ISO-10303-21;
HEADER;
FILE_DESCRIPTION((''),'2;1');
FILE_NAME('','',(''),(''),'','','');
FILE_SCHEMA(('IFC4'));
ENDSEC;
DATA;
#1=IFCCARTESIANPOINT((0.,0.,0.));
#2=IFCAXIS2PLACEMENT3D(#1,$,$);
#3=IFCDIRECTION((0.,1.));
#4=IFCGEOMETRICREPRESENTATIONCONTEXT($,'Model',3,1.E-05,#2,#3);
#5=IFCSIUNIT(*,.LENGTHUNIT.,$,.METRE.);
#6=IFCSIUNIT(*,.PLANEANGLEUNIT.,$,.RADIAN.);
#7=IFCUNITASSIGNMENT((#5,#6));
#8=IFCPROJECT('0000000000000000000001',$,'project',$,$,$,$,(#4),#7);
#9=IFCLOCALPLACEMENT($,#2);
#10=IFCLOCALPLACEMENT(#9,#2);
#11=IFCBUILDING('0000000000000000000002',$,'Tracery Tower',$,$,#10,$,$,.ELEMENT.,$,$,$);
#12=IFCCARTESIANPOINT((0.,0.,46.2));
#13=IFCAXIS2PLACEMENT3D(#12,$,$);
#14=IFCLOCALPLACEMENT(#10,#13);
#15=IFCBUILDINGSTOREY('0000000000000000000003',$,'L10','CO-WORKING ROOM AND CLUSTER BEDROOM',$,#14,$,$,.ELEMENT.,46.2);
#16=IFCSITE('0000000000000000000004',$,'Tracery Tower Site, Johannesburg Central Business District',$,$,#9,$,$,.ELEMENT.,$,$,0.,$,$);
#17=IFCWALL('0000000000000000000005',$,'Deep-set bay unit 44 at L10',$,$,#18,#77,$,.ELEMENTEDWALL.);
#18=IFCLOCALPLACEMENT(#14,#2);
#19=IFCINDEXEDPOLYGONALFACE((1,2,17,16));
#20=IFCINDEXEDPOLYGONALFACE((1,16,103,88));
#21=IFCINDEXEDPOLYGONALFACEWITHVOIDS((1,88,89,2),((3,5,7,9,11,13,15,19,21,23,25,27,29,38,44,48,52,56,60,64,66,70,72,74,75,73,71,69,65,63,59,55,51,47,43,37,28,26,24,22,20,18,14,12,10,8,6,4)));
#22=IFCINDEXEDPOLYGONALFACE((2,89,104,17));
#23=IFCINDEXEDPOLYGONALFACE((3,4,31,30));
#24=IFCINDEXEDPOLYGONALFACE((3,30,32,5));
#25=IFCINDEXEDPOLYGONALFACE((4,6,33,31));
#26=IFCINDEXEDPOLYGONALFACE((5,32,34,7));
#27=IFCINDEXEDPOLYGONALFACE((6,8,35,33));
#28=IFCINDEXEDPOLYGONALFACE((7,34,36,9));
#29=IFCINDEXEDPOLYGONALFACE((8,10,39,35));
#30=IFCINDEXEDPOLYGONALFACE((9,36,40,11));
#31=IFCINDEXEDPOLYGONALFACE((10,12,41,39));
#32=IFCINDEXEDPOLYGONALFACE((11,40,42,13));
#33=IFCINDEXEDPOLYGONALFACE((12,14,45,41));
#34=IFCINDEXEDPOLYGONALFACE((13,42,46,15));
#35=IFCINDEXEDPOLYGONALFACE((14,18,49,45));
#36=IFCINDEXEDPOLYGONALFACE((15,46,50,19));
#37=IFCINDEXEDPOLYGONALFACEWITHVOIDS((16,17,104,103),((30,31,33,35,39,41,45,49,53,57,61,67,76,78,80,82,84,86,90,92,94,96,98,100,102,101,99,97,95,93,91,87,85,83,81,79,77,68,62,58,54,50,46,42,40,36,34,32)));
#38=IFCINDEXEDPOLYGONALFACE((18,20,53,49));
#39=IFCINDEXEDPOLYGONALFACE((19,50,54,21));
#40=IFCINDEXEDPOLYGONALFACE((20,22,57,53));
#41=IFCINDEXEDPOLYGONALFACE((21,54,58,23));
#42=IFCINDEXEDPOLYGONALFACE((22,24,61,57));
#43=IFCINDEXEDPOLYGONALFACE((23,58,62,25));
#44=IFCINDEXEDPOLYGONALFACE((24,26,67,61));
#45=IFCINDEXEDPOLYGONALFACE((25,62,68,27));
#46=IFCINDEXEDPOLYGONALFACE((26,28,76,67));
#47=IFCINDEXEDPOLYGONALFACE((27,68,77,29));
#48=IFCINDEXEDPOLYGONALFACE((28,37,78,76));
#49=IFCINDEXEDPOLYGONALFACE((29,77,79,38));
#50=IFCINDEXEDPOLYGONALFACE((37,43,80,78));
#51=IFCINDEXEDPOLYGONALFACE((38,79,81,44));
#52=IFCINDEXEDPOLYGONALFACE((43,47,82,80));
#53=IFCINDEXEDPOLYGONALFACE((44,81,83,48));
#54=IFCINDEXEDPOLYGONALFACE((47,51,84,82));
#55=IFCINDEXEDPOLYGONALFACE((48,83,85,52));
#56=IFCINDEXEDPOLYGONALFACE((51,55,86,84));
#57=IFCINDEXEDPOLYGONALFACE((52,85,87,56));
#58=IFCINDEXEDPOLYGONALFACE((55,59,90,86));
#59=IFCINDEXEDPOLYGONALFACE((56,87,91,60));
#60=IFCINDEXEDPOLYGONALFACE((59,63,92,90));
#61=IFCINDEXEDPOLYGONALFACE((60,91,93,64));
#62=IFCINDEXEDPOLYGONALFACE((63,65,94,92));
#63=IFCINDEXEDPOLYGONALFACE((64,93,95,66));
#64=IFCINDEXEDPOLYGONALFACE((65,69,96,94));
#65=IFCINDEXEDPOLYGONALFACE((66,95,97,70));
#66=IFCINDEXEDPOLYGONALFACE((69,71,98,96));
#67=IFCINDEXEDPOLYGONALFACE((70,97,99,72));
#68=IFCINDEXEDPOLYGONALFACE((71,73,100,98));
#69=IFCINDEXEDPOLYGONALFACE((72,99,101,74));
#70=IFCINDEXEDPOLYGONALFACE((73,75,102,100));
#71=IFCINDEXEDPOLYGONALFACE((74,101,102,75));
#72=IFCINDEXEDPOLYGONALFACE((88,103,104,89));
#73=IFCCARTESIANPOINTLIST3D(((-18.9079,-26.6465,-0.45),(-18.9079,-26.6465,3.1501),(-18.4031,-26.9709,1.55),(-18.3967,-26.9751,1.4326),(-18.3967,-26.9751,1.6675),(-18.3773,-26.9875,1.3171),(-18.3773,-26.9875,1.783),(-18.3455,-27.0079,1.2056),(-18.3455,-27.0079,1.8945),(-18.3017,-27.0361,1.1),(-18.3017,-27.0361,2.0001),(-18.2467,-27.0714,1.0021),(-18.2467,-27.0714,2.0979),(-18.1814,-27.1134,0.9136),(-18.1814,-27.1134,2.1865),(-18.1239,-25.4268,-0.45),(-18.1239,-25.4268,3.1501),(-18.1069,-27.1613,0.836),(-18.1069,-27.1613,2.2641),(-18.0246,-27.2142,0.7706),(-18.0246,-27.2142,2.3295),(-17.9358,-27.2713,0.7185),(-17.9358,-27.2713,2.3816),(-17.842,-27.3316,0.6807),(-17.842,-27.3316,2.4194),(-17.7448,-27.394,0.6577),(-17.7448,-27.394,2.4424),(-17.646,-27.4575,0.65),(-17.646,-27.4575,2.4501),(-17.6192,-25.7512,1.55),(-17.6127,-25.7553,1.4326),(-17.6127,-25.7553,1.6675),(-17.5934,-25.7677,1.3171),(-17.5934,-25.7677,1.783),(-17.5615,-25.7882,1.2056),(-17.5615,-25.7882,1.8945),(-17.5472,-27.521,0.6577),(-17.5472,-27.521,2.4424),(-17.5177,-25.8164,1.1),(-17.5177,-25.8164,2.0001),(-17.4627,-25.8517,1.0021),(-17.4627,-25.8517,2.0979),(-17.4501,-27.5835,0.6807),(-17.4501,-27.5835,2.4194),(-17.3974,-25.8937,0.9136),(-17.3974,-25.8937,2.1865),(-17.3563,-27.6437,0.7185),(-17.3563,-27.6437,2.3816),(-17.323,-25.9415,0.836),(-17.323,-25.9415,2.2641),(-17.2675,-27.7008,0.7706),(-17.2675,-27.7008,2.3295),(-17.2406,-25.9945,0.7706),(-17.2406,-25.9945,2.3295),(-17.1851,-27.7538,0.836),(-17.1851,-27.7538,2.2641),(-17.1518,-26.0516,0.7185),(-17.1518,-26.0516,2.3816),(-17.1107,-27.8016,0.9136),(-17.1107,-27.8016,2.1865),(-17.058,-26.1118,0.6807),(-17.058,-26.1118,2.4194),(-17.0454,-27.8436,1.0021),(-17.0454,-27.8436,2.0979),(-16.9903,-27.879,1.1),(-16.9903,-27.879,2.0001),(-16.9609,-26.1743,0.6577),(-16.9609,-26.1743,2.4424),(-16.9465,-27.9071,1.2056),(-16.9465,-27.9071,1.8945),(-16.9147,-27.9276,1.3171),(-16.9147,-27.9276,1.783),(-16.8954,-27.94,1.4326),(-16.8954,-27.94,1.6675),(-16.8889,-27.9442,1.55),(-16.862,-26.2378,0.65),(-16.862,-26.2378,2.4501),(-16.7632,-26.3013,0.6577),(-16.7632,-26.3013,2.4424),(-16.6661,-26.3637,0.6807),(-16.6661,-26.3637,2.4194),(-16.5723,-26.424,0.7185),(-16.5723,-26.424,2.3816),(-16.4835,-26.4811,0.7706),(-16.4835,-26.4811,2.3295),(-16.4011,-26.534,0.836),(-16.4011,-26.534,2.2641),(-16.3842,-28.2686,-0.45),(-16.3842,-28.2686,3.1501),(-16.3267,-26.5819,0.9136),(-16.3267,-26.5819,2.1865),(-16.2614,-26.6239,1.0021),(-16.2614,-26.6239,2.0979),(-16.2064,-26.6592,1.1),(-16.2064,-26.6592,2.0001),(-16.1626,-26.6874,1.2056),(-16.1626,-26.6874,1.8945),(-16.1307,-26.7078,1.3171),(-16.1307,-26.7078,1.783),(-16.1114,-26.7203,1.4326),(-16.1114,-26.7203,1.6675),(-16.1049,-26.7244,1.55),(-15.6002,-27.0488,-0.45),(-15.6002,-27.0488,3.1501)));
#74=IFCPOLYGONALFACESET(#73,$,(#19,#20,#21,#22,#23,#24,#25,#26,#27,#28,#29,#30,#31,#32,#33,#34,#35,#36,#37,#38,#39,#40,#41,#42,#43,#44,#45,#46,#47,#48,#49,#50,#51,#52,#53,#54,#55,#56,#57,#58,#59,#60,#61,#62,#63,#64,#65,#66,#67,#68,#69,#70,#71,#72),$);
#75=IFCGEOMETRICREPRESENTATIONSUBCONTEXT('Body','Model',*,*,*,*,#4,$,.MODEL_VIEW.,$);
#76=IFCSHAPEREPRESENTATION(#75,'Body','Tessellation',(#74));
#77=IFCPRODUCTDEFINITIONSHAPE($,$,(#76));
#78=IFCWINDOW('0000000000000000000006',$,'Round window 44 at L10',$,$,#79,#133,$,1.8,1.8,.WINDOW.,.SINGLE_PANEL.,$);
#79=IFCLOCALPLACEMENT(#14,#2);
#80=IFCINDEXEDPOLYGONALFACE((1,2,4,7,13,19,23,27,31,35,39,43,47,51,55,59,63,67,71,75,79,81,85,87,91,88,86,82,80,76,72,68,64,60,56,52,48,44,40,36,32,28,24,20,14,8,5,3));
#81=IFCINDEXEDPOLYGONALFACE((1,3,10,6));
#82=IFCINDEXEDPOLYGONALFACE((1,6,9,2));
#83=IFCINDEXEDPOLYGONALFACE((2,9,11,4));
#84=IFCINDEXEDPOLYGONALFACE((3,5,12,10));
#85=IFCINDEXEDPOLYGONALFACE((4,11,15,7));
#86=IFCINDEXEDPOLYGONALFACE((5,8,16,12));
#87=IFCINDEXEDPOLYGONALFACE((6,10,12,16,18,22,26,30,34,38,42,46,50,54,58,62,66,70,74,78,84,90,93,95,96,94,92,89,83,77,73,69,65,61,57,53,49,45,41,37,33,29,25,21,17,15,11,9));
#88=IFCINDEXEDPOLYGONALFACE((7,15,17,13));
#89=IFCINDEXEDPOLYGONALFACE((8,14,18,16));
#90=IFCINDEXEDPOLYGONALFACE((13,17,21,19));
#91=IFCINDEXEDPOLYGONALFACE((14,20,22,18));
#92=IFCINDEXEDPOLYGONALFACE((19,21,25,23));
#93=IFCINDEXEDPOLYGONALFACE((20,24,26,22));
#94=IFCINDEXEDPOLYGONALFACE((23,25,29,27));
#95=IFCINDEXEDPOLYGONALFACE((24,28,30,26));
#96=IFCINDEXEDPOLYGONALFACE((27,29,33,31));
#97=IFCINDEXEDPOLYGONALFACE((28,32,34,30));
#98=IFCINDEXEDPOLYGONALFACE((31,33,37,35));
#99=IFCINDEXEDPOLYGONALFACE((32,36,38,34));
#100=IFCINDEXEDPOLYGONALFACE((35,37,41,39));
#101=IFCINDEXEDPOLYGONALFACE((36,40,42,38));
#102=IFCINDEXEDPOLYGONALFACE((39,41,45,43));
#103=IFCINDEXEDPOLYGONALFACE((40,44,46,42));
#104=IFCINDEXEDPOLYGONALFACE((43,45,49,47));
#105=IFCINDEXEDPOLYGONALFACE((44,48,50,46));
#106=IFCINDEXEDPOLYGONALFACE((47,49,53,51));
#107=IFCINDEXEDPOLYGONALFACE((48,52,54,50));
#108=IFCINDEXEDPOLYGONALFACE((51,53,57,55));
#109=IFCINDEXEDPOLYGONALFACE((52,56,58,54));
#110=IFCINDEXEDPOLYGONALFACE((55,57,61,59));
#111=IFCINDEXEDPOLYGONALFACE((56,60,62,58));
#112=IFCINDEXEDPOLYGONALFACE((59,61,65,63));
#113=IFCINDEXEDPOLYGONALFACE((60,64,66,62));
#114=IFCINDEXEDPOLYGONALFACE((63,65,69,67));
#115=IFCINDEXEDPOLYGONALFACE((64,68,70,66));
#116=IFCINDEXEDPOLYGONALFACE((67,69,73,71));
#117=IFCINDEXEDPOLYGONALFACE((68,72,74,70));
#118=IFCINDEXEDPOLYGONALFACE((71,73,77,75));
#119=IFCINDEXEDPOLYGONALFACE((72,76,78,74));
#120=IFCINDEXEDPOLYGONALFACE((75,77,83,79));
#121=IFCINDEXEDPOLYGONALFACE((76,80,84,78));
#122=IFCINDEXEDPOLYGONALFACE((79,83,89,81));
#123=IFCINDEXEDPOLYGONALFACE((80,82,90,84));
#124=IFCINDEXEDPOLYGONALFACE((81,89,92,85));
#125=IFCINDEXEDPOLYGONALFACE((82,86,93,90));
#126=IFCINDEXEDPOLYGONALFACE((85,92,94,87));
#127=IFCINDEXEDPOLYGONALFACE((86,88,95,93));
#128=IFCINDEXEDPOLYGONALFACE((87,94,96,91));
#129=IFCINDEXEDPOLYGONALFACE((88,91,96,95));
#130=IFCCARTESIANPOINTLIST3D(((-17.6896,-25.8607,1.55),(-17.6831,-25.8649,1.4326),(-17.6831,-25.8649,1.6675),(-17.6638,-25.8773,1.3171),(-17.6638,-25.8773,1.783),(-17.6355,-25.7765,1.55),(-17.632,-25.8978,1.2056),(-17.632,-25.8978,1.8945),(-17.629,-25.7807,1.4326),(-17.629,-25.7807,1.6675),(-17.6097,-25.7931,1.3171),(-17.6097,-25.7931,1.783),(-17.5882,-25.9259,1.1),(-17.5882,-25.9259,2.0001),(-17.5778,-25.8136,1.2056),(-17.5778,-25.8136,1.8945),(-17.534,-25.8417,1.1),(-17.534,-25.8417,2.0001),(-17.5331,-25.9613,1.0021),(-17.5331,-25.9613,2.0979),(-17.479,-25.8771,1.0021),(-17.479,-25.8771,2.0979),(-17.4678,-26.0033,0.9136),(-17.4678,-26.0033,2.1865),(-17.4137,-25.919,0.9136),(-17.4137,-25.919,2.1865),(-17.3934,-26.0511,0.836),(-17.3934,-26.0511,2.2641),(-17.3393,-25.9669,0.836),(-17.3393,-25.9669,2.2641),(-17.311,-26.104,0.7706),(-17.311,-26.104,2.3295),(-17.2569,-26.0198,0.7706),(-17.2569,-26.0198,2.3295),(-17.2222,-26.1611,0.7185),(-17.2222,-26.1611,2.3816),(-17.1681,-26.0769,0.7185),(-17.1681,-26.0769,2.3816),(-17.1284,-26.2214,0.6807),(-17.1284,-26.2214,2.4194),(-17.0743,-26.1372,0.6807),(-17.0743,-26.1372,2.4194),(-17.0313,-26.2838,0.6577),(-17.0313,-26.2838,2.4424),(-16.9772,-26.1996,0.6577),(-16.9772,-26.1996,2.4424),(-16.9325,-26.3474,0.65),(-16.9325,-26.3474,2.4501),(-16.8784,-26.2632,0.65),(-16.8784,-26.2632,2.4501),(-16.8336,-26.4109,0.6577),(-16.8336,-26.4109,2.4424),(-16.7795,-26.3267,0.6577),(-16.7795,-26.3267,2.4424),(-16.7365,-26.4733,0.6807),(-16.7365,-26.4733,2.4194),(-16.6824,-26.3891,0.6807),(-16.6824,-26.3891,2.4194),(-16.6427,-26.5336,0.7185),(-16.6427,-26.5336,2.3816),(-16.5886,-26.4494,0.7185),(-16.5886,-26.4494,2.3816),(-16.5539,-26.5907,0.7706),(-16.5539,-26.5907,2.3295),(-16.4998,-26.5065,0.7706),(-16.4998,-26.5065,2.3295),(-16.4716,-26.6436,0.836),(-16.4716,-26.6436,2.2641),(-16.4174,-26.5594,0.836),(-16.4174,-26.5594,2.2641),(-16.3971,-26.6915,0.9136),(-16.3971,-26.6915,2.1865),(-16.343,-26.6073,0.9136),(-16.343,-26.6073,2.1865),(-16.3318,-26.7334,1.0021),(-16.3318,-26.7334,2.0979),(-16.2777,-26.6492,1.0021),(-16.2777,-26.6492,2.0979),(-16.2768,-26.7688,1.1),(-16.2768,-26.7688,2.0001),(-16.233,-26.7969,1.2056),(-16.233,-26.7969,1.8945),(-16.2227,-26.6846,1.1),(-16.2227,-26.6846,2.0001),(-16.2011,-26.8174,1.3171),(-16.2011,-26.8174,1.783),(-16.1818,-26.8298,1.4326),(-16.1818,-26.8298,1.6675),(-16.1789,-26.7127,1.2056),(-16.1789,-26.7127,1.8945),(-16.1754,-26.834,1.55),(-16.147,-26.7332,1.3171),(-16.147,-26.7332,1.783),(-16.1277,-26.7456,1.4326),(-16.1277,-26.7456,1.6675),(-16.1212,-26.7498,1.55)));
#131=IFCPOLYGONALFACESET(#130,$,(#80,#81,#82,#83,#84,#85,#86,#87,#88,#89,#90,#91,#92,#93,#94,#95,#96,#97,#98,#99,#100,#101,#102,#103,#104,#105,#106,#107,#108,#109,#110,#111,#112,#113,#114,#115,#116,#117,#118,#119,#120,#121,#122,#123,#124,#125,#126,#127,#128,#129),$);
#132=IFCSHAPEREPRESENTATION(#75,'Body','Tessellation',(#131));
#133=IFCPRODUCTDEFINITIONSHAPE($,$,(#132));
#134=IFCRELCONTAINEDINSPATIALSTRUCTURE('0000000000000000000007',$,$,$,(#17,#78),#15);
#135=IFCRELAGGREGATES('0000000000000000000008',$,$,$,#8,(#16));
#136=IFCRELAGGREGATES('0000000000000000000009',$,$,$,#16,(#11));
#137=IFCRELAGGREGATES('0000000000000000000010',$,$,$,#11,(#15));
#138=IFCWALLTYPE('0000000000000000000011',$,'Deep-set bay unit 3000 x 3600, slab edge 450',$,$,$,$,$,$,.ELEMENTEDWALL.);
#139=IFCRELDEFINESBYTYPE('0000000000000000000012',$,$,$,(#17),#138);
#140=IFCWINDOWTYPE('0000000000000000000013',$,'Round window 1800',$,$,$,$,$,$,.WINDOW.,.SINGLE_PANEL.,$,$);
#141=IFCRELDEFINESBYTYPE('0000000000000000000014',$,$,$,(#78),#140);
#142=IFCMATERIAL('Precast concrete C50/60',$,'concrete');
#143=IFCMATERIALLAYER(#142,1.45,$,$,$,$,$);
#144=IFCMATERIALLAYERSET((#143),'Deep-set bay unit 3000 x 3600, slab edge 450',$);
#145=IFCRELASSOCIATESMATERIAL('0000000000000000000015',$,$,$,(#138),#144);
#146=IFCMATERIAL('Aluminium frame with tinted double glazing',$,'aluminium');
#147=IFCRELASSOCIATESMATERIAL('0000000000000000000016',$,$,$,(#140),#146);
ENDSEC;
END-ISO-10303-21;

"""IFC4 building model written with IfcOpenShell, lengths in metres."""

from ifc_helpers import new_model, si_unit, direction, frame, frame_2d, origin, origin_2d, place, context, subcontext, project, spatial, rectangle, circle, extrude, material, layer, layer_set, type_object, element, fill, save


model = new_model("IFC4")

# Units and contexts
model_context = context("Model", 3, precision=1e-05, world=origin(), true_north=direction((0.0, 1.0)))
body_context = subcontext(model_context, "Body", "Model", "MODEL_VIEW")
ifc_project = project(units=[si_unit("LENGTHUNIT", "METRE"), si_unit("PLANEANGLEUNIT", "RADIAN")], contexts=[model_context])

# Site, building, storey
site_placement = place(None, origin())
site = spatial("IfcSite", under=ifc_project, at=site_placement, Name="Tracery Tower Site, Johannesburg Central Business District", CompositionType="ELEMENT", RefElevation=0.0)
building_placement = place(site_placement, origin())
building = spatial("IfcBuilding", under=site, at=building_placement, Name="Tracery Tower", CompositionType="ELEMENT")
storey_placement = place(building_placement, frame((0.0, 0.0, 46.2)))
storey = spatial("IfcBuildingStorey", under=building, at=storey_placement, Name="L10", Description="CO-WORKING ROOM AND CLUSTER BEDROOM", CompositionType="ELEMENT", Elevation=46.2)

# Wall, opening, window
ifc_material_1 = material(Name="Precast concrete C50/60", Category="concrete")
ifc_layer_1 = layer(ifc_material_1, 1.45)
ifc_layer_set_1 = layer_set([ifc_layer_1], Name="Deep-set bay unit 3000 x 3600, slab edge 450")
wall_type_1 = type_object("IfcWallType", Name="Deep-set bay unit 3000 x 3600, slab edge 450", PredefinedType="ELEMENTEDWALL", material=ifc_layer_set_1)
ifc_material_2 = material(Name="Aluminium frame with tinted double glazing", Category="aluminium")
window_type = type_object("IfcWindowType", Name="Round window 1800", PartitioningType="SINGLE_PANEL", PredefinedType="WINDOW", material=ifc_material_2)
wall_1_placement = place(storey_placement, frame((-18.5159, -26.0366, -0.45), z_axis=(0.0, 0.0, 1.0), x_axis=(0.841223, -0.540688, 0.0)))
wall_1 = element("IfcWall", 1, at=wall_1_placement, inside=storey, type_object=wall_type_1, Name="Deep-set bay unit 44 at L10", PredefinedType="ELEMENTEDWALL", context=body_context, shape_type="SweptSolid", body=[
    extrude(rectangle(XDim=3.0, YDim=1.45, at=frame_2d((1.5, 0.0))), origin(), (0.0, 0.0, 1.0), 3.6001),
])
opening_1_placement = place(wall_1_placement, frame((1.5, 0.0, 2.0)))
opening_1 = element("IfcOpeningElement", 2, at=opening_1_placement, cuts=wall_1, PredefinedType="OPENING", context=body_context, shape_type="SweptSolid", body=[
    extrude(circle(Radius=0.9, at=origin_2d()), frame((0.0, 0.7349, 0.0), z_axis=(0.0, -1.0, 0.0), x_axis=(1.0, 0.0, 0.0)), (0.0, 0.0, 1.0), 1.47),
])
window_1_placement = place(opening_1_placement, origin())
window_1 = element("IfcWindow", 3, at=window_1_placement, inside=storey, type_object=window_type, Name="Round window 44 at L10", OverallHeight=1.8, OverallWidth=1.8, PartitioningType="SINGLE_PANEL", PredefinedType="WINDOW", context=body_context, shape_type="SweptSolid", body=[
    extrude(circle(Radius=0.9, at=origin_2d()), frame((0.0, 0.6948, 0.0), z_axis=(0.0, -1.0, 0.0), x_axis=(1.0, 0.0, 0.0)), (0.0, 0.0, 1.0), 0.1001),
])
fill(opening_1, window_1)

save(model, "model.ifc")
